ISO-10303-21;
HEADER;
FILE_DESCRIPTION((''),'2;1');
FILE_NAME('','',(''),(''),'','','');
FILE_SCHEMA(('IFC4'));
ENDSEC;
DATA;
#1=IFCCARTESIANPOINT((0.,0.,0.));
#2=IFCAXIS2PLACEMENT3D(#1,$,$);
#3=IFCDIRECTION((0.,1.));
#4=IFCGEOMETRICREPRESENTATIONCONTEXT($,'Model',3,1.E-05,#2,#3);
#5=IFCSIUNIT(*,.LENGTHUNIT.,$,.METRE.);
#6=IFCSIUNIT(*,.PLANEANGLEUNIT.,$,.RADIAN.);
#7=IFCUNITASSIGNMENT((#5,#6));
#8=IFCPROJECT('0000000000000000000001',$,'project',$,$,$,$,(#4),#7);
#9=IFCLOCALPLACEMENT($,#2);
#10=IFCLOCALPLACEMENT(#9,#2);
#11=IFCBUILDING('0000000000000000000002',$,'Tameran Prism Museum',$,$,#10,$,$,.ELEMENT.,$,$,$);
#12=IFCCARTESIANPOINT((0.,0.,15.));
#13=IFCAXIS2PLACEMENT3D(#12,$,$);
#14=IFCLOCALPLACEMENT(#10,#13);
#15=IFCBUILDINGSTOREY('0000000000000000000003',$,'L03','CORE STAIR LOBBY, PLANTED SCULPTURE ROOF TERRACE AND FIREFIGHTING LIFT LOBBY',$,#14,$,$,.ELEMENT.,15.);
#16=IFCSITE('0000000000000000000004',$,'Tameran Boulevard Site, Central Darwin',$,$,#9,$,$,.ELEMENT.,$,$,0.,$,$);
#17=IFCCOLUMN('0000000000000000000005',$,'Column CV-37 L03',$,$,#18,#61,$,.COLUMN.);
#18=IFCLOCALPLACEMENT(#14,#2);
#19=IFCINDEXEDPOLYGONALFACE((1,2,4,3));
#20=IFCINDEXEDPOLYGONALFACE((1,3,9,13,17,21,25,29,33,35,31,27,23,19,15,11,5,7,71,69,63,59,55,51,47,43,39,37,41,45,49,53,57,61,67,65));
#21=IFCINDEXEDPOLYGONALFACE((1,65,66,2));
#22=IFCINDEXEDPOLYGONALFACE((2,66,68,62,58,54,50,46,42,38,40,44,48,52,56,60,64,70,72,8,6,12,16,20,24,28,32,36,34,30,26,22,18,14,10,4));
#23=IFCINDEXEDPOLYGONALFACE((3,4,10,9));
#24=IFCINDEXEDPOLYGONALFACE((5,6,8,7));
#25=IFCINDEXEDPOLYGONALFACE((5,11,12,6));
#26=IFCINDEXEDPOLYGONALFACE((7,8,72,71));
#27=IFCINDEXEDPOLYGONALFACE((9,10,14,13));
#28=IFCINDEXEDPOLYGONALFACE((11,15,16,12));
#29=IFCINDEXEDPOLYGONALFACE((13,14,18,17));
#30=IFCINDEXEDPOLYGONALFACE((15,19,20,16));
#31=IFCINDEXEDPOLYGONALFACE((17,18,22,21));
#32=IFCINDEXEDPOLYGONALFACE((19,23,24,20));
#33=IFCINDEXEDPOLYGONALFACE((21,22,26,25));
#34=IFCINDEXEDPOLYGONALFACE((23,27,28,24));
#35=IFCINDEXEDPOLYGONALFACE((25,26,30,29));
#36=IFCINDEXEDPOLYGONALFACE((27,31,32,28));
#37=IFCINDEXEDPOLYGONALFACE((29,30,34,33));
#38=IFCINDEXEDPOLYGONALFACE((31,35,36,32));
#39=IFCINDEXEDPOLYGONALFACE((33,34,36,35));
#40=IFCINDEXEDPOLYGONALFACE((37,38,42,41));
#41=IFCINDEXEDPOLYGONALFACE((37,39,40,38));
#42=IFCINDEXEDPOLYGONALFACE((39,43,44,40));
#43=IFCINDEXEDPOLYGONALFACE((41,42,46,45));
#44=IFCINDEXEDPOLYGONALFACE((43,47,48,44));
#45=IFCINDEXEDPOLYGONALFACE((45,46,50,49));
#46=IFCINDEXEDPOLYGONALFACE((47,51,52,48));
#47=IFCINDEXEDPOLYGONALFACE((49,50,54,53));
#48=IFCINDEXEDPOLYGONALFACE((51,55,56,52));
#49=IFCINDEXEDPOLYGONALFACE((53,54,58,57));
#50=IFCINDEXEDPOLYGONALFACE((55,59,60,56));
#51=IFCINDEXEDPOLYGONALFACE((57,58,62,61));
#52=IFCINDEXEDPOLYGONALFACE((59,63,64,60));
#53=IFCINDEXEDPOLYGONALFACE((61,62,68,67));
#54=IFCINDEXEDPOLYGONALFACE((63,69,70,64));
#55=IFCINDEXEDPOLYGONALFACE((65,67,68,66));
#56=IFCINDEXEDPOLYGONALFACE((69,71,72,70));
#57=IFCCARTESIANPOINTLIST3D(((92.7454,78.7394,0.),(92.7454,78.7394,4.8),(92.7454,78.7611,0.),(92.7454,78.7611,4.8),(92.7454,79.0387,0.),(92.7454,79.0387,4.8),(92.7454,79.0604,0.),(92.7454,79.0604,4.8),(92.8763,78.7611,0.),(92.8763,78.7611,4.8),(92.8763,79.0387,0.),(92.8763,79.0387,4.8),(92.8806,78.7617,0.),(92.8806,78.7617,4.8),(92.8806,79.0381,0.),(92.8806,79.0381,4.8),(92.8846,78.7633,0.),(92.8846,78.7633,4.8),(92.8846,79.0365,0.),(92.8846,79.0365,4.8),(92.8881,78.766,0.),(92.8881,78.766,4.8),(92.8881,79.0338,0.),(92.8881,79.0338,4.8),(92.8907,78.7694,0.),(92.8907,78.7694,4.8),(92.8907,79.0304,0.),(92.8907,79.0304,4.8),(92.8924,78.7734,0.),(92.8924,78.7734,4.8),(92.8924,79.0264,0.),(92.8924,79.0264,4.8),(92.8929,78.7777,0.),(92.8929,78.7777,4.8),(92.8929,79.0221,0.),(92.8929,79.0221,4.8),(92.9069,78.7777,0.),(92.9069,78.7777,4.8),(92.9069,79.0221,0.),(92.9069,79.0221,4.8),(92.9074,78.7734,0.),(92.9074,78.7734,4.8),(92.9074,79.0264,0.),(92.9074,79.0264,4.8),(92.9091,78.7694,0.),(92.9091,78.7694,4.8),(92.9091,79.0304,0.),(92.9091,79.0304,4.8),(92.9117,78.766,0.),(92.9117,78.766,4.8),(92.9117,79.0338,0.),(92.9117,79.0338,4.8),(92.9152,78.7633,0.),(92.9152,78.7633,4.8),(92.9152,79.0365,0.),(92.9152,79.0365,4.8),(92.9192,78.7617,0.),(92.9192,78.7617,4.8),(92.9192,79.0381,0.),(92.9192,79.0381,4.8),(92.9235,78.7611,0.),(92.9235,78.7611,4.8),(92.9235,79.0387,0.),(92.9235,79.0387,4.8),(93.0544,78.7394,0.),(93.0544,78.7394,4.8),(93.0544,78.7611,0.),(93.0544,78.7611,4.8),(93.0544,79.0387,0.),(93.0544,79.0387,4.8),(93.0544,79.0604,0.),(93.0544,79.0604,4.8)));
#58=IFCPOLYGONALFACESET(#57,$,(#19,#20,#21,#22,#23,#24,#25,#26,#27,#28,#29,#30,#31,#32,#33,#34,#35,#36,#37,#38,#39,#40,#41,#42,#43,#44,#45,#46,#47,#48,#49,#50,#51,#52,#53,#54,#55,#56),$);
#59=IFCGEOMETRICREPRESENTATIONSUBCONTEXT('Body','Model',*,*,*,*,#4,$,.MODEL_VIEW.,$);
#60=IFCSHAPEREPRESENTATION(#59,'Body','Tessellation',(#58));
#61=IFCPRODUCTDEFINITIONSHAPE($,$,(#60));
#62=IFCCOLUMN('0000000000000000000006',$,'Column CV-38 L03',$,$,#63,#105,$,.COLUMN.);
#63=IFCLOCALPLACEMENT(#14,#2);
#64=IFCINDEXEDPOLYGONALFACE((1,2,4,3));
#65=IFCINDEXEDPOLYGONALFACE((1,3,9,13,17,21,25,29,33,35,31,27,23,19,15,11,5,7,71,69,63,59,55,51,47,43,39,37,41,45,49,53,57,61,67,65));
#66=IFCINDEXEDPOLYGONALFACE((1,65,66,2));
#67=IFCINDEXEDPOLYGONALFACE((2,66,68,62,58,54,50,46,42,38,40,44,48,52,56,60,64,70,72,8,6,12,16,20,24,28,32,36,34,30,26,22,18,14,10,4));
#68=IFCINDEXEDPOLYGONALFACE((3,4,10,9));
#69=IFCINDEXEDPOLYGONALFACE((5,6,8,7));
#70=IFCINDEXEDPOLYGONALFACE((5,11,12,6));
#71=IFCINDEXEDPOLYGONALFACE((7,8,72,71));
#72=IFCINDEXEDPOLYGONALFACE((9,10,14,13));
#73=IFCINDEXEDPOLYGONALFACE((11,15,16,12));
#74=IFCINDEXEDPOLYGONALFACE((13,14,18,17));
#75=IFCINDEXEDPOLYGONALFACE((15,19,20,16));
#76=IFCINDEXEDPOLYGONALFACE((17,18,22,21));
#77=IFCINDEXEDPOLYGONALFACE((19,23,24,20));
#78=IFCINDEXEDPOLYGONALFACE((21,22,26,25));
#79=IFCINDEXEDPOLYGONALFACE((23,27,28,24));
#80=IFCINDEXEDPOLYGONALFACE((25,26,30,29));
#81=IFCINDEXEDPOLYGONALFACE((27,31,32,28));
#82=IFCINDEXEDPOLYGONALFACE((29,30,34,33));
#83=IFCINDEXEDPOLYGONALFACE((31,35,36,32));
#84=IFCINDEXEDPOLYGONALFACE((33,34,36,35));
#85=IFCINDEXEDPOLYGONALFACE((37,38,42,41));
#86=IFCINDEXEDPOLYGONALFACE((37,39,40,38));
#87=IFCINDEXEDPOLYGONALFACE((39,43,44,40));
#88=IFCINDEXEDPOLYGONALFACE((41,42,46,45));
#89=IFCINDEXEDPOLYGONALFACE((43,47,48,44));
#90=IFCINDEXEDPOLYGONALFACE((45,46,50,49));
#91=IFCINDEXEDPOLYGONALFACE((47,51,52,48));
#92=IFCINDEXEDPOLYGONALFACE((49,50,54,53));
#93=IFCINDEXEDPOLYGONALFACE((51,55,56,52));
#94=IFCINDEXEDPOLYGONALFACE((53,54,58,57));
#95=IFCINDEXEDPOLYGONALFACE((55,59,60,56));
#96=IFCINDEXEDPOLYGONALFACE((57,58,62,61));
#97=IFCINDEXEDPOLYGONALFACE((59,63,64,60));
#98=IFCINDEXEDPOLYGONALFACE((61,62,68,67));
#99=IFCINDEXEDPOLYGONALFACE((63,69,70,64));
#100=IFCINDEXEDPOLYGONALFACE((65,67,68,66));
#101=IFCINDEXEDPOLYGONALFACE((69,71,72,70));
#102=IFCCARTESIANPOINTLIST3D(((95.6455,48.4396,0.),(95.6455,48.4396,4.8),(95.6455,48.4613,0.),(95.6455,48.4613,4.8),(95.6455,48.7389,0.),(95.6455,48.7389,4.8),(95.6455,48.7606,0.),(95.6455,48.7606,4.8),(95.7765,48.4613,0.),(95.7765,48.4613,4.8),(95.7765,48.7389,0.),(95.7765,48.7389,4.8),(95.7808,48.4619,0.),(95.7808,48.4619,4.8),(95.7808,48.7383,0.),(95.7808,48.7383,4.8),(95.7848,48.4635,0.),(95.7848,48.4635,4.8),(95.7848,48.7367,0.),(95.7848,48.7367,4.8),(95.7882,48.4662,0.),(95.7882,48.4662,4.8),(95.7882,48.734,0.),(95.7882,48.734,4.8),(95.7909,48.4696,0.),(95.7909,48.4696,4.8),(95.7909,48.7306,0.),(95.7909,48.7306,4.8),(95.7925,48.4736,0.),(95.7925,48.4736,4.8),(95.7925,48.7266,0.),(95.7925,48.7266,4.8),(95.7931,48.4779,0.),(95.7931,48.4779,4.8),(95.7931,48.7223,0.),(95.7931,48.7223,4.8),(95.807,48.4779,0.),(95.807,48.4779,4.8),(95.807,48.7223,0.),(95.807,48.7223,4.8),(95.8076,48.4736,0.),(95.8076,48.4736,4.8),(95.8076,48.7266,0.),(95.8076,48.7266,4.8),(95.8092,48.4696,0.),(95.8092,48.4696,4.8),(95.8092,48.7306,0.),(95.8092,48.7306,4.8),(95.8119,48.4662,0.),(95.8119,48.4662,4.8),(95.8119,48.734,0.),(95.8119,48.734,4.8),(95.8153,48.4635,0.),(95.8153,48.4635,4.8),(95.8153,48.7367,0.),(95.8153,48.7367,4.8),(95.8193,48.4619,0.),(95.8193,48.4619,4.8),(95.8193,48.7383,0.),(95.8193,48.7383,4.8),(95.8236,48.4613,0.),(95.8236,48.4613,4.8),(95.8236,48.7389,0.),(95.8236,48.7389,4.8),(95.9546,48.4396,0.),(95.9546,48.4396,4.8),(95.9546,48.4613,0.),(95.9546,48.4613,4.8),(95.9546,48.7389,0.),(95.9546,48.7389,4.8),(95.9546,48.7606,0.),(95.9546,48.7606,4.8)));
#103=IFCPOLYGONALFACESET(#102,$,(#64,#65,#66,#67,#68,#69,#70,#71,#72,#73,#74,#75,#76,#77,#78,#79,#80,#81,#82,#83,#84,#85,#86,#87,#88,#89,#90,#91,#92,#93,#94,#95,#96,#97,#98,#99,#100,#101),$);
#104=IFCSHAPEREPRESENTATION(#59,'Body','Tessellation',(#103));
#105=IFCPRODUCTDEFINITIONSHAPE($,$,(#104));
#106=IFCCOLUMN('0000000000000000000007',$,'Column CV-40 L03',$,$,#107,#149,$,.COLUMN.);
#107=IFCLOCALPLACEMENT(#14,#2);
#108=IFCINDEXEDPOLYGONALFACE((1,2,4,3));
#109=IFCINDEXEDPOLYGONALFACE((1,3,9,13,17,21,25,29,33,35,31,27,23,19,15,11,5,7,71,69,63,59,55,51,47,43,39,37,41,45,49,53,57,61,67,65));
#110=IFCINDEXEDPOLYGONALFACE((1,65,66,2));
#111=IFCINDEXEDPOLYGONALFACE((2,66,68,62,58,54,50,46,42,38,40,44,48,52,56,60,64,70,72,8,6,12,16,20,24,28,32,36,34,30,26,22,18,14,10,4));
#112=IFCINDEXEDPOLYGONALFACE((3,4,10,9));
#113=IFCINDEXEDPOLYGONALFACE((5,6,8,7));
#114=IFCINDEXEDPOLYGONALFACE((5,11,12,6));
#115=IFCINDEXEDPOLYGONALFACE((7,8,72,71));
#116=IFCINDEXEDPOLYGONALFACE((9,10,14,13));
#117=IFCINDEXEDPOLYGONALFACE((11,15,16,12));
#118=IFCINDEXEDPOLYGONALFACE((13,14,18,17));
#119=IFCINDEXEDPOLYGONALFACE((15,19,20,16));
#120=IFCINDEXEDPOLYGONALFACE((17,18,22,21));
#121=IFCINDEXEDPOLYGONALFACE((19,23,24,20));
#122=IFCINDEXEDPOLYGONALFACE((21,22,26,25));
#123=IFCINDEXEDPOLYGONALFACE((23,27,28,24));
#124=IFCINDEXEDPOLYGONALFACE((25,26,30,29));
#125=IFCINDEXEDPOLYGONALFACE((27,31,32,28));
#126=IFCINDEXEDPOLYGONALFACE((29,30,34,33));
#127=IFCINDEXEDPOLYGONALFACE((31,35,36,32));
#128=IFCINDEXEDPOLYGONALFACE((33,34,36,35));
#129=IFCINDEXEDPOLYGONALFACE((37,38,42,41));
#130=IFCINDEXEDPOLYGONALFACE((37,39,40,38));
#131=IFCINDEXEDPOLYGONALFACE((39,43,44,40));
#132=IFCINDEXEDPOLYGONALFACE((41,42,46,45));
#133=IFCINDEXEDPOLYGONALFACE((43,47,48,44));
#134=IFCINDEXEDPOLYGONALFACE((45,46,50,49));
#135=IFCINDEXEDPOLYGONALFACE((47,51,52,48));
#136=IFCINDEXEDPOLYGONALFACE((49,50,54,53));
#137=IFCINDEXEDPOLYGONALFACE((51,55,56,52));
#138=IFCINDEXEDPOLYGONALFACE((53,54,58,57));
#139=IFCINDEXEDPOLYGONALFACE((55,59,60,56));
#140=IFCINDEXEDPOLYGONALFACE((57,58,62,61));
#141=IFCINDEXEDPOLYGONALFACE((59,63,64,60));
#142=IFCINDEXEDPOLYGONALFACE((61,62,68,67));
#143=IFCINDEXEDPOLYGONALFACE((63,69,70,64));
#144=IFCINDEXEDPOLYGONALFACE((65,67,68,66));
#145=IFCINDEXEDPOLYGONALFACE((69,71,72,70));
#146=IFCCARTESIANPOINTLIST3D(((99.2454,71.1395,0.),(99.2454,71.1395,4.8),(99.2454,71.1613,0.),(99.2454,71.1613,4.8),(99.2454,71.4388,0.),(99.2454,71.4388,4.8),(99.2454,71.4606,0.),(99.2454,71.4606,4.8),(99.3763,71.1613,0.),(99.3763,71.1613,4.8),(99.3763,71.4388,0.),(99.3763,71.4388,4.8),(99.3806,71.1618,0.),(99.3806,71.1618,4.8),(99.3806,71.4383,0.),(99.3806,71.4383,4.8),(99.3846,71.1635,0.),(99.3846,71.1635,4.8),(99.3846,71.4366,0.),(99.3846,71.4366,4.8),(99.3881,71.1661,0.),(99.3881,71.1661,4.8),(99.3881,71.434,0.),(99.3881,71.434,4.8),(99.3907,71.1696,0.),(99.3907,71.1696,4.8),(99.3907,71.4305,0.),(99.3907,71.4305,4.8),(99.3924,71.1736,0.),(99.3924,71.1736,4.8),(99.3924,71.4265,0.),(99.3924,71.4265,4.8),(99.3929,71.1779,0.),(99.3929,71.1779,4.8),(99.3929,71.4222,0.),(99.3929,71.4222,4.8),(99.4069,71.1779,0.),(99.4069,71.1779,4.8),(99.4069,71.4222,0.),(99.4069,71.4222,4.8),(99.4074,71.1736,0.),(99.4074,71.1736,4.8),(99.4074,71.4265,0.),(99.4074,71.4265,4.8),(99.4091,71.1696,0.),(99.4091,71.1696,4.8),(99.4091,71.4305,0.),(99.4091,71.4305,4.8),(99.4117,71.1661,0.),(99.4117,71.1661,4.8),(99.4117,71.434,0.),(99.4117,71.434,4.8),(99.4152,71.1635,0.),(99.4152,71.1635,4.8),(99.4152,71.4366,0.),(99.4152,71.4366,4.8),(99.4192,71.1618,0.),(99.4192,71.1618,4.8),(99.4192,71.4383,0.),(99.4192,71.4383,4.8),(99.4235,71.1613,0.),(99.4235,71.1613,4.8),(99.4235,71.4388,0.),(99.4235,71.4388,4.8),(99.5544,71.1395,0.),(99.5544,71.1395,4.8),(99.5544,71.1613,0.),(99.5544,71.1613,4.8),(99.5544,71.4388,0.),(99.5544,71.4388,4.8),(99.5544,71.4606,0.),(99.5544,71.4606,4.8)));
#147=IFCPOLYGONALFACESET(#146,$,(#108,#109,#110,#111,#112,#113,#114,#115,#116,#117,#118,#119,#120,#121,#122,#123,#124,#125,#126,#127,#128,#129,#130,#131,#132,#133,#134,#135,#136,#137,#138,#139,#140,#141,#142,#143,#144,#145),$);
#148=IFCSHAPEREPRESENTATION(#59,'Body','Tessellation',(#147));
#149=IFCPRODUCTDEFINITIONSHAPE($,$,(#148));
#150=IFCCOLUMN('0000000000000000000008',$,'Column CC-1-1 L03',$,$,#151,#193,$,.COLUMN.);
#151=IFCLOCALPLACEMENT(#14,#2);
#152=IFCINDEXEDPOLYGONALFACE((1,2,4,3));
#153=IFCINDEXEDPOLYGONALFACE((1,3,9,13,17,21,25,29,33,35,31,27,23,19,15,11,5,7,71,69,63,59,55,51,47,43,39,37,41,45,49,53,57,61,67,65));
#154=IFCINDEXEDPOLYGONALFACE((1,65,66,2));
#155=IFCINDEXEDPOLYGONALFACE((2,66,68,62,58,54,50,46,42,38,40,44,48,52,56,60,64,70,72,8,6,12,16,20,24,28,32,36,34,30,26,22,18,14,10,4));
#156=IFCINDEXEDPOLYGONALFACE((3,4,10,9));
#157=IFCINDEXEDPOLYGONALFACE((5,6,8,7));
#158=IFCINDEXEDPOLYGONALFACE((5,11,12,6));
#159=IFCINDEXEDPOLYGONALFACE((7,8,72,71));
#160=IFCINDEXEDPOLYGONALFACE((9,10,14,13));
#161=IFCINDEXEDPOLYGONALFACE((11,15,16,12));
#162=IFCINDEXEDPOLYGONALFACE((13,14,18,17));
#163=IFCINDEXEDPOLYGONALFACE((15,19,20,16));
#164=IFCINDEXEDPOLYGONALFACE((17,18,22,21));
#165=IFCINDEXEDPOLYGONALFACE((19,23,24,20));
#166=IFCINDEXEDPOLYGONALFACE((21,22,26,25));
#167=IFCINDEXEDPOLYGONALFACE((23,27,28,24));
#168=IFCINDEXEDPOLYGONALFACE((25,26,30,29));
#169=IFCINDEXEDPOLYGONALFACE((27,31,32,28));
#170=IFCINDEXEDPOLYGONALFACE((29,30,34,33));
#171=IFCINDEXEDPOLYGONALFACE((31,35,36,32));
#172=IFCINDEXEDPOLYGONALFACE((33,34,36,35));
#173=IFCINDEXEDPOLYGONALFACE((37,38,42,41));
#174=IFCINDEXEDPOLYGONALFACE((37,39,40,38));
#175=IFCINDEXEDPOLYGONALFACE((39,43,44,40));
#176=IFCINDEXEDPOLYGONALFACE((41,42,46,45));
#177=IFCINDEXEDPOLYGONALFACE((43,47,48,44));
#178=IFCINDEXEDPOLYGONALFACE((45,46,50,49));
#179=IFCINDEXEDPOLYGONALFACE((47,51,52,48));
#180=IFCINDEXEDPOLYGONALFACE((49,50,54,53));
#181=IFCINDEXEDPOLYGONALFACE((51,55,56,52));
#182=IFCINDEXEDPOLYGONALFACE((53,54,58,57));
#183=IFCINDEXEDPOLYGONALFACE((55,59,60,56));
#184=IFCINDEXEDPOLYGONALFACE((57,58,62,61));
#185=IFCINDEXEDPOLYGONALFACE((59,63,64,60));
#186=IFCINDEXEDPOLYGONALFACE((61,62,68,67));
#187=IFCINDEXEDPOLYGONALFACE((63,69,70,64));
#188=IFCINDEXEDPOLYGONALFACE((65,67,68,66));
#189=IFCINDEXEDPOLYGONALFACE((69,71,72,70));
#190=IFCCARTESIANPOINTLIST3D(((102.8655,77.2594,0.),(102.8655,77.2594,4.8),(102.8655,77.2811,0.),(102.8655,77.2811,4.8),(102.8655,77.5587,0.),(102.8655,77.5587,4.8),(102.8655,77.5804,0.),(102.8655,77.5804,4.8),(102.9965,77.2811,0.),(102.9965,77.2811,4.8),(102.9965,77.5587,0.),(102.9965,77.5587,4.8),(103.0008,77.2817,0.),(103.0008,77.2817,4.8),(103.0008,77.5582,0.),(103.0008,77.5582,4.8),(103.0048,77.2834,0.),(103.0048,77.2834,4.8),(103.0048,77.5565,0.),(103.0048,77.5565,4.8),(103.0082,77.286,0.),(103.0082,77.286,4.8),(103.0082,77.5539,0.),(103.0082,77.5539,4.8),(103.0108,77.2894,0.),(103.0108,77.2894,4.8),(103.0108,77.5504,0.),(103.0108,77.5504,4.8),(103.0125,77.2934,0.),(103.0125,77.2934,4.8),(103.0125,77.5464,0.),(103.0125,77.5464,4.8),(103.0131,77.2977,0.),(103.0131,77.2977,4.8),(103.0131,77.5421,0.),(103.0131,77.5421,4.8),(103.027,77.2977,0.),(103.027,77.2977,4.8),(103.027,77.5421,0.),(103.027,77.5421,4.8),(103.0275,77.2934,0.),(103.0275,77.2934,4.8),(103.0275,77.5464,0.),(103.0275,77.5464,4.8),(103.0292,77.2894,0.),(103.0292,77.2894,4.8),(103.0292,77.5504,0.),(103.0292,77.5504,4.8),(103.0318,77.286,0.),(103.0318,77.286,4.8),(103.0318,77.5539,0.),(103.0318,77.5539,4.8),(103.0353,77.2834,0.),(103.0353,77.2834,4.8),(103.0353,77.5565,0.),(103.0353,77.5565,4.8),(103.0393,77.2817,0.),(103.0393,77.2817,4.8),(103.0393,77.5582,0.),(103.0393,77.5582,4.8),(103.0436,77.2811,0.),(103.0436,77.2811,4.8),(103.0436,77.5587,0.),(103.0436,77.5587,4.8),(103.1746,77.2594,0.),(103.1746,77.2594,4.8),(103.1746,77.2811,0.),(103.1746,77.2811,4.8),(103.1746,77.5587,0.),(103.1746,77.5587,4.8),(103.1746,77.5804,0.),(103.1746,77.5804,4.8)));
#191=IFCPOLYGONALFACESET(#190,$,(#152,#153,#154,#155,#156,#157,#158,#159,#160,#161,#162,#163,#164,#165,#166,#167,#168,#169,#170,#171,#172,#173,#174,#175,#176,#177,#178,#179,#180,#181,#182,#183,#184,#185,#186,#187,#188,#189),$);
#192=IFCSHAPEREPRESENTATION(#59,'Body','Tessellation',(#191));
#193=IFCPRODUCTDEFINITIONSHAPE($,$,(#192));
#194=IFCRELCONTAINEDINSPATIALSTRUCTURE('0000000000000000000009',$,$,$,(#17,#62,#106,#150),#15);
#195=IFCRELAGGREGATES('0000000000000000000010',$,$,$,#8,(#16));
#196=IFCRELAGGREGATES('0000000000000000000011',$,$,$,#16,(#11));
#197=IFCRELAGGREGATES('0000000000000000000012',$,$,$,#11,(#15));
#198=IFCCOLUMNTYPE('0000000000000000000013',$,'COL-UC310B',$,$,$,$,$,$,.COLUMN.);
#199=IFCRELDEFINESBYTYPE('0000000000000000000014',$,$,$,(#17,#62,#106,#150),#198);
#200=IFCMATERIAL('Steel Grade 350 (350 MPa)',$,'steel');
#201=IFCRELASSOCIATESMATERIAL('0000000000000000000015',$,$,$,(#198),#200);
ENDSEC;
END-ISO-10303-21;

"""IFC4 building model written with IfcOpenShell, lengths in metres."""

from ifc_helpers import new_model, si_unit, direction, frame, origin, origin_2d, place, context, subcontext, project, spatial, i_section, extrude, material, material_profile, profile_set, type_object, element, save


model = new_model("IFC4")

# Units and contexts
model_context = context("Model", 3, precision=1e-05, world=origin(), true_north=direction((0.0, 1.0)))
body_context = subcontext(model_context, "Body", "Model", "MODEL_VIEW")
ifc_project = project(units=[si_unit("LENGTHUNIT", "METRE"), si_unit("PLANEANGLEUNIT", "RADIAN")], contexts=[model_context])

# Site, building, storey
site_placement = place(None, origin())
site = spatial("IfcSite", under=ifc_project, at=site_placement, Name="Tameran Boulevard Site, Central Darwin", CompositionType="ELEMENT", RefElevation=0.0)
building_placement = place(site_placement, origin())
building = spatial("IfcBuilding", under=site, at=building_placement, Name="Tameran Prism Museum", CompositionType="ELEMENT")
storey_placement = place(building_placement, frame((0.0, 0.0, 15.0)))
storey = spatial("IfcBuildingStorey", under=building, at=storey_placement, Name="L03", Description="CORE STAIR LOBBY, PLANTED SCULPTURE ROOF TERRACE AND FIREFIGHTING LIFT LOBBY", CompositionType="ELEMENT", Elevation=15.0)

# Columns
ifc_material_1 = material(Name="Steel Grade 350 (350 MPa)", Category="steel")
ifc_material_profile_1 = material_profile(ifc_material_1, i_section(OverallWidth=0.3091, OverallDepth=0.321, WebThickness=0.0139, FlangeThickness=0.0217, FilletRadius=0.0166, at=origin_2d()))
ifc_profile_set_1 = profile_set([ifc_material_profile_1])
column_type = type_object("IfcColumnType", Name="COL-UC310B", PredefinedType="COLUMN", material=ifc_profile_set_1)
for number, where, z_axis, x_axis, name in (
    (1, (92.8999, 78.8999, 0.0), (0.0, 0.0, 1.0), (1.0, 0.0, 0.0), "Column CV-37 L03"),
    (2, (95.8, 48.6001, 0.0), (0.0, 0.0, 1.0), (1.0, 0.0, 0.0), "Column CV-38 L03"),
    (3, (99.3999, 71.3, 0.0), (0.0, 0.0, 1.0), (1.0, 0.0, 0.0), "Column CV-40 L03"),
    (4, (103.02, 77.4199, 0.0), (0.0, 0.0, 1.0), (1.0, 0.0, 0.0), "Column CC-1-1 L03"),
):
    element("IfcColumn", number, at=place(storey_placement, frame(where, z_axis=z_axis, x_axis=x_axis)), inside=storey, type_object=column_type, Name=name, PredefinedType="COLUMN", context=body_context, shape_type="SweptSolid", body=[
        extrude(i_section(OverallWidth=0.3091, OverallDepth=0.321, WebThickness=0.0139, FlangeThickness=0.0217, FilletRadius=0.0166, at=origin_2d()), origin(), (0.0, 0.0, 1.0), 4.8),
    ])

save(model, "model.ifc")
